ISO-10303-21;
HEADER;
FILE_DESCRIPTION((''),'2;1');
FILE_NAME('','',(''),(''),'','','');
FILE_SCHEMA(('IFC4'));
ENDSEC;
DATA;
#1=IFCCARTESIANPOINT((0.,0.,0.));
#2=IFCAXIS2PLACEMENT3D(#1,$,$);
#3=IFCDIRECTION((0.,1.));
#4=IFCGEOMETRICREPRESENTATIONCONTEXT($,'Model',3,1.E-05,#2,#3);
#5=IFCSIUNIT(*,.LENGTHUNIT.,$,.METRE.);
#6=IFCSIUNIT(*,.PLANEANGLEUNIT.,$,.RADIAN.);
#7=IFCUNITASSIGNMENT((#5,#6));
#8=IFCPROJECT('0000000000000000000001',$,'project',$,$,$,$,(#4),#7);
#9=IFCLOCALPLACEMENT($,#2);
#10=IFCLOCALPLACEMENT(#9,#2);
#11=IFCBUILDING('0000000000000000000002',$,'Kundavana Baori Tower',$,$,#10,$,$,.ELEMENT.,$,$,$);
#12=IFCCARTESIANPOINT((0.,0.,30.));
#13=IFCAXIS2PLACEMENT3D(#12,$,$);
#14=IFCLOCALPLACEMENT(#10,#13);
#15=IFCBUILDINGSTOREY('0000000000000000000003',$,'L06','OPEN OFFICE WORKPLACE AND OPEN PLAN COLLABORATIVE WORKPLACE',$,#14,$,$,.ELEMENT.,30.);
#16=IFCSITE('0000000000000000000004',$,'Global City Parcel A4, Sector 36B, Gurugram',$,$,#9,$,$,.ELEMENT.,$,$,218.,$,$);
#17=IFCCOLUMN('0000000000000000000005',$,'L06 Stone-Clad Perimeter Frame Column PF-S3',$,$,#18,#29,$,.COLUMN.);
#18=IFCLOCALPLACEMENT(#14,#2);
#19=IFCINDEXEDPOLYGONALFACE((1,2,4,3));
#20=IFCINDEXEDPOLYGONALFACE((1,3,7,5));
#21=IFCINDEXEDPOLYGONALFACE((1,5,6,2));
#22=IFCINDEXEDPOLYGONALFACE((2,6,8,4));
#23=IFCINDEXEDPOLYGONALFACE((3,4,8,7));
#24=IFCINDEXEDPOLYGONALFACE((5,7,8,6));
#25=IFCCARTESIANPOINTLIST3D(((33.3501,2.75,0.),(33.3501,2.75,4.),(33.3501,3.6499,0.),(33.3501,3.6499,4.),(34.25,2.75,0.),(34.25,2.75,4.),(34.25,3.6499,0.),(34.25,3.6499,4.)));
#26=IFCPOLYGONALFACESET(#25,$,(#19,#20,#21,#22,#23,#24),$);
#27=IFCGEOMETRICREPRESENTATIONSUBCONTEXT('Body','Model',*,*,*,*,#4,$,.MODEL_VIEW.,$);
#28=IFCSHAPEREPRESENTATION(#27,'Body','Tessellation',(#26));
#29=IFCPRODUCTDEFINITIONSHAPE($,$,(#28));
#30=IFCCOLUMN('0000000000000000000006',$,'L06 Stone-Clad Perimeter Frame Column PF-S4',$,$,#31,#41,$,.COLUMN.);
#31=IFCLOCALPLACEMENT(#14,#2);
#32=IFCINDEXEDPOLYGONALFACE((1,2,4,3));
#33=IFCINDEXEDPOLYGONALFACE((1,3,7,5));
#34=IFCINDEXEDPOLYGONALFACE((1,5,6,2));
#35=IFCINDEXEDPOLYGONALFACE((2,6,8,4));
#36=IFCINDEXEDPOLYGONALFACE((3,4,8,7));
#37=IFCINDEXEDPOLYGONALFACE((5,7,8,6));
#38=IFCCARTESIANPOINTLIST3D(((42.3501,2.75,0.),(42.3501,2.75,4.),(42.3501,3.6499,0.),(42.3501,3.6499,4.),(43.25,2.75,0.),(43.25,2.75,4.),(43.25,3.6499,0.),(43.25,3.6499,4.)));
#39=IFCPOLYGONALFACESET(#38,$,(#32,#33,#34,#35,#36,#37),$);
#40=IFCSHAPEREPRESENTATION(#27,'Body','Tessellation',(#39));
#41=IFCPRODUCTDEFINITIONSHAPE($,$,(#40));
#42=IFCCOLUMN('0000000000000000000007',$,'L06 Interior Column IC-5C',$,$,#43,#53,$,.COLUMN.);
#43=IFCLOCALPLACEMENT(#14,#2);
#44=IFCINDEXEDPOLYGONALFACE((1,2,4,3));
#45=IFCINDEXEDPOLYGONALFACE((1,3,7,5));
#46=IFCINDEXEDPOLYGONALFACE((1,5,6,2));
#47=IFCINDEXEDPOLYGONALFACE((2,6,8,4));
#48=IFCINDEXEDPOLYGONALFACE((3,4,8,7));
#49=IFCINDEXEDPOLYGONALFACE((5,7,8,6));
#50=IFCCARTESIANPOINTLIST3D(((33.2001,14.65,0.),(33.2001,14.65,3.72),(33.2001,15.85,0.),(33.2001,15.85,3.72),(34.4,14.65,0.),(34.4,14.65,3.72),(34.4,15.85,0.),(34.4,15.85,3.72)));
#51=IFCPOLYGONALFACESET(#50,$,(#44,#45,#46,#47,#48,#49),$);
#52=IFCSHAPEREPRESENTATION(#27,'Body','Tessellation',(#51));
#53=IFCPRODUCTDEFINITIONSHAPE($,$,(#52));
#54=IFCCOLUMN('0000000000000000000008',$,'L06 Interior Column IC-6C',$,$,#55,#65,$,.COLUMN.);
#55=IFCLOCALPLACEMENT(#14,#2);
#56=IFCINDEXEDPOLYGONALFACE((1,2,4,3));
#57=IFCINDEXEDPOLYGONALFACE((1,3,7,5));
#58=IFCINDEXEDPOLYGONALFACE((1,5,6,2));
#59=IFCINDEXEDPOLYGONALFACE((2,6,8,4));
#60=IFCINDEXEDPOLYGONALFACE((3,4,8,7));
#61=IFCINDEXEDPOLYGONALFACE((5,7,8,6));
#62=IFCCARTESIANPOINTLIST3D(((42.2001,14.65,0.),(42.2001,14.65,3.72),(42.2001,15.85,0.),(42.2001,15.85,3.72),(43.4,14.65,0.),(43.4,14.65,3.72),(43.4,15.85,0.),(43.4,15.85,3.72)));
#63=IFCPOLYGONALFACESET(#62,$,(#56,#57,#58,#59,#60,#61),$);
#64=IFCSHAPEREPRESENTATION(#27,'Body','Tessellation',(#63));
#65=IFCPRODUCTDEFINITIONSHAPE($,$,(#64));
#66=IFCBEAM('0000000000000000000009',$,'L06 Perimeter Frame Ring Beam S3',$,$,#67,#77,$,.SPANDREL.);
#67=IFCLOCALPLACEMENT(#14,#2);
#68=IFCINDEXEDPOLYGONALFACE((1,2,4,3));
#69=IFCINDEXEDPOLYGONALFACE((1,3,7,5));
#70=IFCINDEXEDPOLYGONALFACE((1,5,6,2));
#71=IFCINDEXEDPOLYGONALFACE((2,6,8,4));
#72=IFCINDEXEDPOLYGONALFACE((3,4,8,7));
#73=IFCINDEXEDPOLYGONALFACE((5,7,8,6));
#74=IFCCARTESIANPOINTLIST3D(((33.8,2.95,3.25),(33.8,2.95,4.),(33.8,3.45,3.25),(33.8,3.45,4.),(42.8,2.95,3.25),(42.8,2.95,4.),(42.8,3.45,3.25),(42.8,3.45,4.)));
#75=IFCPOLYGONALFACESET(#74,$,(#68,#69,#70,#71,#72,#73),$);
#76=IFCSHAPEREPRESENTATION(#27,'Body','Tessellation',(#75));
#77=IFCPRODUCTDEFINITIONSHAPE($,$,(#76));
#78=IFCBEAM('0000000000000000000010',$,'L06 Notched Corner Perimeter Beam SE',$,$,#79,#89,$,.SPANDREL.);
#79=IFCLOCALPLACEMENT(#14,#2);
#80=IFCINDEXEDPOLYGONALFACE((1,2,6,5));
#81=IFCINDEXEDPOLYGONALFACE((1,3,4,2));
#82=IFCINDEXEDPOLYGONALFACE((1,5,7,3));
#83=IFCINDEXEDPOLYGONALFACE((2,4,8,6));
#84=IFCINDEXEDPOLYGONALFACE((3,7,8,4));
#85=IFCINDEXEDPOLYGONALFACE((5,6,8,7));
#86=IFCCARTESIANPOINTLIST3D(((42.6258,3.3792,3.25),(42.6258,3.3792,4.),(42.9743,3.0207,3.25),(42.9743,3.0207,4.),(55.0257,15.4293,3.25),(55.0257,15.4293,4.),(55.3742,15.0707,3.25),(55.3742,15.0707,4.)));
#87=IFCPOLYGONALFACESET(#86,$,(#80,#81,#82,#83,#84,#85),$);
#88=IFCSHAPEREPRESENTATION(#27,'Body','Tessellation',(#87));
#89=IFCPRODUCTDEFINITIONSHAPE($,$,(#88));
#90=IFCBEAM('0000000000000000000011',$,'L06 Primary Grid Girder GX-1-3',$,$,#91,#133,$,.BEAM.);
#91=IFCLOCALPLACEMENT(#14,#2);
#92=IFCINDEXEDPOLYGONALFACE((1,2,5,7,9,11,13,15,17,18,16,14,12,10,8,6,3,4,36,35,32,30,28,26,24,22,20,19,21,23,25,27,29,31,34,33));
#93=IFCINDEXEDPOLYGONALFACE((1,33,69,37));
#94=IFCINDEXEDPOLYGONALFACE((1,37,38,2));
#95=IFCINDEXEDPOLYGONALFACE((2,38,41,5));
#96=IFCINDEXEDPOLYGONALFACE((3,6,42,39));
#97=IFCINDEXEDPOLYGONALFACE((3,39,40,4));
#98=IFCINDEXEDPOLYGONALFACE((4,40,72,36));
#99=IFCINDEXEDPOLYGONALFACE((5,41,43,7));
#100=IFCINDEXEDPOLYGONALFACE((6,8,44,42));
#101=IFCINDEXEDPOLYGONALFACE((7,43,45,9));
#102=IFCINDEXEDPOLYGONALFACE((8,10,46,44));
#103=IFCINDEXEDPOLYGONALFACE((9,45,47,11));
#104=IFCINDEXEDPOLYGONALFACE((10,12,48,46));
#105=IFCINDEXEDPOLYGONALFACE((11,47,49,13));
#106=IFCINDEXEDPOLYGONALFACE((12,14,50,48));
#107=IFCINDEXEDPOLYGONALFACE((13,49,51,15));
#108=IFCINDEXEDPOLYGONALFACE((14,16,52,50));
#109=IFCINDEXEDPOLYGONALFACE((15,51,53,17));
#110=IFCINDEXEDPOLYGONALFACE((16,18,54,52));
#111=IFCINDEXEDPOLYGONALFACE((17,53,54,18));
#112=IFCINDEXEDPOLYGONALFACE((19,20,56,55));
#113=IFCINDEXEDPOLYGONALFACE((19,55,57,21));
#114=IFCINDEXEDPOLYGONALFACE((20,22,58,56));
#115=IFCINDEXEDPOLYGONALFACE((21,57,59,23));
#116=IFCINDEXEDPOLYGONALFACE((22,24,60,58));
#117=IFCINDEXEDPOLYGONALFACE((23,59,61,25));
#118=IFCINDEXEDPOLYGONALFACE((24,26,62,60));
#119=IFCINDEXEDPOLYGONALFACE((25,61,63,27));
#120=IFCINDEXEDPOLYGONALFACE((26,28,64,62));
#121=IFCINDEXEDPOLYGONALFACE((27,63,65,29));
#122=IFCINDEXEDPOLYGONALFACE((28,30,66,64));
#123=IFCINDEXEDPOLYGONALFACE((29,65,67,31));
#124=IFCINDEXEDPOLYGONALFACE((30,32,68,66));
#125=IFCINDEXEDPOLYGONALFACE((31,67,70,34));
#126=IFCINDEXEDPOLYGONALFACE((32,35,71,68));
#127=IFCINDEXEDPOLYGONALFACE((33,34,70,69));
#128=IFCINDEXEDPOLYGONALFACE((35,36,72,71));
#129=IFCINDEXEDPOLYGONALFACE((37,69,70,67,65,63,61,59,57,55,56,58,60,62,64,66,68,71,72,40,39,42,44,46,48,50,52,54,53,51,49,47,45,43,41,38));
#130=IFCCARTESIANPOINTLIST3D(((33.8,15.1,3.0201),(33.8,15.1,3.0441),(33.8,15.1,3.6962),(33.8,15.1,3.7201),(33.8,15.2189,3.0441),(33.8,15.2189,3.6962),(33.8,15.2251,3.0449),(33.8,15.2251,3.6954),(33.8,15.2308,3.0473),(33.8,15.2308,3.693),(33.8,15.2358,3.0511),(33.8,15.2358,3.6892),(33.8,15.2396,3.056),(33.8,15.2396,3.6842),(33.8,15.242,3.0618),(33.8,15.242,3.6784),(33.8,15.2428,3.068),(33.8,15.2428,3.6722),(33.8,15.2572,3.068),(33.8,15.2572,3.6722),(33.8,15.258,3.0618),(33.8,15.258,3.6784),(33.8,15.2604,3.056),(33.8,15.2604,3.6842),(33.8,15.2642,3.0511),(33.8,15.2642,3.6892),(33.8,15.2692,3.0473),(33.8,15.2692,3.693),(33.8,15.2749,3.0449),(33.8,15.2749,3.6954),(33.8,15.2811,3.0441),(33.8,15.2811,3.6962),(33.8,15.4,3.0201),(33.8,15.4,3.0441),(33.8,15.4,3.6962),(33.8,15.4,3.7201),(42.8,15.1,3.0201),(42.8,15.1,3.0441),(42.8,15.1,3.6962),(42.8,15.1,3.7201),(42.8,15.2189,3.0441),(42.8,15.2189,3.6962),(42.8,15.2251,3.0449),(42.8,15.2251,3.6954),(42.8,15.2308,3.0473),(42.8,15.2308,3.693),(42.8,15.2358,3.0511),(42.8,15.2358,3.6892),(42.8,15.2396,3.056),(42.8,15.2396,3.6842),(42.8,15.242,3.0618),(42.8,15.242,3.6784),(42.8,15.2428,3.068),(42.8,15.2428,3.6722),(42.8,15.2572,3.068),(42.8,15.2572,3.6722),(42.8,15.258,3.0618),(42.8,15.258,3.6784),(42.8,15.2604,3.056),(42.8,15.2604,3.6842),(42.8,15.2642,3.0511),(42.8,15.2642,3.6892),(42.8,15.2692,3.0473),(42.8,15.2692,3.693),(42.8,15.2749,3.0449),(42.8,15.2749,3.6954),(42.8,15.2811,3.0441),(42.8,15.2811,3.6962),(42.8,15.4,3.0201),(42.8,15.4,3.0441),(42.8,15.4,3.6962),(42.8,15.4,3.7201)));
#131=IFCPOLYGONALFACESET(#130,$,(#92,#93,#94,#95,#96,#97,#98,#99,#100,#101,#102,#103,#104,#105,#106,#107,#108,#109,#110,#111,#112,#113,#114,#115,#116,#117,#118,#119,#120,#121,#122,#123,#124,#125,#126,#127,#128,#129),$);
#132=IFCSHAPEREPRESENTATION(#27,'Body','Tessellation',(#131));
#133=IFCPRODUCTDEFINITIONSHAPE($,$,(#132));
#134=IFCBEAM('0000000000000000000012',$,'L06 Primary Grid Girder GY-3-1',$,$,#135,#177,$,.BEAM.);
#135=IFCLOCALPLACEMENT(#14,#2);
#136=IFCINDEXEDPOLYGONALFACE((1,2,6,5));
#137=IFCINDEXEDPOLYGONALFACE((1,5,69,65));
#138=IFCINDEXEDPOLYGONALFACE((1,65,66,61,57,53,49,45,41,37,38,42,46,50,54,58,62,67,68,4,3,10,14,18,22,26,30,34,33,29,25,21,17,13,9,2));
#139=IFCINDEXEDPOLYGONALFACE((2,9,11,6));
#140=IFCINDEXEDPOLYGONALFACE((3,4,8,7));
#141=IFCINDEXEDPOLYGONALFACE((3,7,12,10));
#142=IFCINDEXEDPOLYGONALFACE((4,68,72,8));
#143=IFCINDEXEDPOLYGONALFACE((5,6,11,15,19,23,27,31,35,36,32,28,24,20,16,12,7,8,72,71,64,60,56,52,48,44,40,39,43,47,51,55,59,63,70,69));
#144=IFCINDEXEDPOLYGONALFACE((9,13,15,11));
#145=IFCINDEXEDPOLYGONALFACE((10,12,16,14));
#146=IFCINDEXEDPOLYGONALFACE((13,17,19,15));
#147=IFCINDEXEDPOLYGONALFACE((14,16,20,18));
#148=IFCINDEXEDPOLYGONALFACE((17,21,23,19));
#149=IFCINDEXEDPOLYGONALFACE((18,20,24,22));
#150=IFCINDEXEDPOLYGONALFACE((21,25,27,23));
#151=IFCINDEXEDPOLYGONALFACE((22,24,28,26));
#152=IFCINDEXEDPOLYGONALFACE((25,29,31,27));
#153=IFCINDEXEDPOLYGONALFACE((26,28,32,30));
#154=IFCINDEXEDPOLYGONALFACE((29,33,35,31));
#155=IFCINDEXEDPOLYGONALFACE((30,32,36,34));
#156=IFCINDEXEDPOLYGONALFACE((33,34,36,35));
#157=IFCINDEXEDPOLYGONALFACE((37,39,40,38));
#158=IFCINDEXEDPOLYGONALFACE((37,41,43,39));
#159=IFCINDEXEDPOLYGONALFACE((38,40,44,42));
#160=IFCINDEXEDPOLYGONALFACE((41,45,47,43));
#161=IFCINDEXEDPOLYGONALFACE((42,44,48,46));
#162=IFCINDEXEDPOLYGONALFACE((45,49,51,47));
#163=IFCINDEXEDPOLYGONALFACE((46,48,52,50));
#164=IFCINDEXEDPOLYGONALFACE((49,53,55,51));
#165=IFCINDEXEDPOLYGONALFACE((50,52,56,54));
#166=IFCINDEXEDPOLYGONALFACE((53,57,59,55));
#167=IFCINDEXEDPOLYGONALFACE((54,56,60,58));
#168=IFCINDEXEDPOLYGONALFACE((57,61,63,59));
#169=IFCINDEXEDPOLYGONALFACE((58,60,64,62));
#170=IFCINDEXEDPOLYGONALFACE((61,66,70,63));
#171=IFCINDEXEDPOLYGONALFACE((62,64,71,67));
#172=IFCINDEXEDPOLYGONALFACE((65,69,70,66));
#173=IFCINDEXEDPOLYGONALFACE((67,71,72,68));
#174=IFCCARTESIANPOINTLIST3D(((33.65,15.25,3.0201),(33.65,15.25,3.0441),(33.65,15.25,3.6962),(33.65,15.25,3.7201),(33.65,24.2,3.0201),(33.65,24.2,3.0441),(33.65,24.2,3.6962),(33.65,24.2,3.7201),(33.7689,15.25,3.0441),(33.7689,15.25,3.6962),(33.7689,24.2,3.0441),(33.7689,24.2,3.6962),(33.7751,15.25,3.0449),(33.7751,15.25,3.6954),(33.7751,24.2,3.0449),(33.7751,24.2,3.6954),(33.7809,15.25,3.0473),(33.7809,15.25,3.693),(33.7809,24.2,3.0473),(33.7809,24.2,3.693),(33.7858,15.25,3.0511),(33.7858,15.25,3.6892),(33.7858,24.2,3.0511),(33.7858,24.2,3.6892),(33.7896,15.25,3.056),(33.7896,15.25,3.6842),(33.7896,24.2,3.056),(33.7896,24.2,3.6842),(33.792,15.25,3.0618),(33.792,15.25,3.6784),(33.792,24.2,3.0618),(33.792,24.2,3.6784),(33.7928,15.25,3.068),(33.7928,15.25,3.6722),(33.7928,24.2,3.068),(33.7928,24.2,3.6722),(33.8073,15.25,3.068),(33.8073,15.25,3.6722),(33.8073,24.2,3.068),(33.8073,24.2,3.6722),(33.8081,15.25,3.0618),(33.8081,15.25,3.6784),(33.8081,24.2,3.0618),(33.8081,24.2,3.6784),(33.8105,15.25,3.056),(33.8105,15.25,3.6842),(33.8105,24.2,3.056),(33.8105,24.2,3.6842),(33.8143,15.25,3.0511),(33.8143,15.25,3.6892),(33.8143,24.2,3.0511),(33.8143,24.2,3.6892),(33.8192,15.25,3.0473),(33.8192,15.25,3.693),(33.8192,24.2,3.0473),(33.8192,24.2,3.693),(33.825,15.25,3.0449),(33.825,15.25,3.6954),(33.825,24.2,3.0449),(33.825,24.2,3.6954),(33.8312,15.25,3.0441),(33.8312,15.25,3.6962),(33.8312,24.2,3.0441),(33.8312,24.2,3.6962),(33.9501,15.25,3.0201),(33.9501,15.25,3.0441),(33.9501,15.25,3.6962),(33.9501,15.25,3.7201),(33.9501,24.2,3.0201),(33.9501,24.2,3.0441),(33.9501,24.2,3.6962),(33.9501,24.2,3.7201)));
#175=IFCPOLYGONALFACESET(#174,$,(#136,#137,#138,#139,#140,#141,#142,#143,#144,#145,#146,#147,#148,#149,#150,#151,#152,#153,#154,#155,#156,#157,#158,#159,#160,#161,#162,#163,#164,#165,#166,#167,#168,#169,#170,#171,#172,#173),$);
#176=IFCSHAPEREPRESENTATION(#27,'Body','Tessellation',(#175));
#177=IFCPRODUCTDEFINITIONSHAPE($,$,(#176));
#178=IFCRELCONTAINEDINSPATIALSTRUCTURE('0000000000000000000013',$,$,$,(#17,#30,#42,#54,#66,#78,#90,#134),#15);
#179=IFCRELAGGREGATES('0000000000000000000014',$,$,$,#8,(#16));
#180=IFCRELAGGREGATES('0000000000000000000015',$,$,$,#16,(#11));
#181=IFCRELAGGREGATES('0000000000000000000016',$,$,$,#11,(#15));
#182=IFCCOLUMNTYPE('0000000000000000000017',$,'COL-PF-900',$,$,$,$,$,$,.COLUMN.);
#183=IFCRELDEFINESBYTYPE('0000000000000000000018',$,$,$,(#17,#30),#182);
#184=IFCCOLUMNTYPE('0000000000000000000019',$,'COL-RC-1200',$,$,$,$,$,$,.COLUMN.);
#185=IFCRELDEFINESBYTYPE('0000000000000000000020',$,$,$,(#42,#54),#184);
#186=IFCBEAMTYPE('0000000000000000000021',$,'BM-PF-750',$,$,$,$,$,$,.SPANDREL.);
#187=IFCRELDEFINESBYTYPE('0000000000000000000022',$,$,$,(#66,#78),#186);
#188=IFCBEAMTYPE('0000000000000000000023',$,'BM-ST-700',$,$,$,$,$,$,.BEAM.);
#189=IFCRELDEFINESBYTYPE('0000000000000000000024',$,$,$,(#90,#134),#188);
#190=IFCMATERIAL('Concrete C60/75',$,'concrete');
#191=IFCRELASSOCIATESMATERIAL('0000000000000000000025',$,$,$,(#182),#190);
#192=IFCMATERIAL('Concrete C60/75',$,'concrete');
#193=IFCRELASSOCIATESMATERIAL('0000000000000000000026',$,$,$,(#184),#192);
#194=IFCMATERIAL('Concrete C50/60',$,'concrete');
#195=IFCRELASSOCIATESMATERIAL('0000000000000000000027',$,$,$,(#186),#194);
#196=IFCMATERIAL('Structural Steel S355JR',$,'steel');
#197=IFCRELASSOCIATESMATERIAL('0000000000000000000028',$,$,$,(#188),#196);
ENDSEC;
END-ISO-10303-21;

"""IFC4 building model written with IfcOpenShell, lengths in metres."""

from ifc_helpers import new_model, si_unit, direction, frame, origin, origin_2d, place, context, subcontext, project, spatial, rectangle, i_section, extrude, material, material_profile, profile_set, type_object, element, save


model = new_model("IFC4")

# Units and contexts
model_context = context("Model", 3, precision=1e-05, world=origin(), true_north=direction((0.0, 1.0)))
body_context = subcontext(model_context, "Body", "Model", "MODEL_VIEW")
ifc_project = project(units=[si_unit("LENGTHUNIT", "METRE"), si_unit("PLANEANGLEUNIT", "RADIAN")], contexts=[model_context])

# Site, building, storey
site_placement = place(None, origin())
site = spatial("IfcSite", under=ifc_project, at=site_placement, Name="Global City Parcel A4, Sector 36B, Gurugram", CompositionType="ELEMENT", RefElevation=218.0)
building_placement = place(site_placement, origin())
building = spatial("IfcBuilding", under=site, at=building_placement, Name="Kundavana Baori Tower", CompositionType="ELEMENT")
storey_placement = place(building_placement, frame((0.0, 0.0, 30.0)))
storey = spatial("IfcBuildingStorey", under=building, at=storey_placement, Name="L06", Description="OPEN OFFICE WORKPLACE AND OPEN PLAN COLLABORATIVE WORKPLACE", CompositionType="ELEMENT", Elevation=30.0)

# Columns
ifc_material_1 = material(Name="Concrete C60/75", Category="concrete")
ifc_material_profile_1 = material_profile(ifc_material_1, rectangle(XDim=0.8999, YDim=0.8999, at=origin_2d()), Name="RC PF 900x900")
ifc_profile_set_1 = profile_set([ifc_material_profile_1], Name="Concrete C60/75")
column_type_1 = type_object("IfcColumnType", Name="COL-PF-900", PredefinedType="COLUMN", material=ifc_profile_set_1)
for number, where, z_axis, x_axis, name in (
    (1, (33.8, 3.2, 0.0), (0.0, 0.0, 1.0), (1.0, 0.0, 0.0), "L06 Stone-Clad Perimeter Frame Column PF-S3"),
    (2, (42.8, 3.2, 0.0), (0.0, 0.0, 1.0), (1.0, 0.0, 0.0), "L06 Stone-Clad Perimeter Frame Column PF-S4"),
):
    element("IfcColumn", number, at=place(storey_placement, frame(where, z_axis=z_axis, x_axis=x_axis)), inside=storey, type_object=column_type_1, Name=name, PredefinedType="COLUMN", context=body_context, shape_type="SweptSolid", body=[
        extrude(rectangle(XDim=0.8999, YDim=0.8999, at=origin_2d()), origin(), (0.0, 0.0, 1.0), 4.0),
    ])
ifc_material_2 = material(Name="Concrete C60/75", Category="concrete")
ifc_material_profile_2 = material_profile(ifc_material_2, rectangle(XDim=1.2, YDim=1.2, at=origin_2d()), Name="RC 1200x1200")
ifc_profile_set_2 = profile_set([ifc_material_profile_2], Name="Concrete C60/75")
column_type_2 = type_object("IfcColumnType", Name="COL-RC-1200", PredefinedType="COLUMN", material=ifc_profile_set_2)
for number, where, z_axis, x_axis, name in (
    (3, (33.8, 15.25, 0.0), (0.0, 0.0, 1.0), (1.0, 0.0, 0.0), "L06 Interior Column IC-5C"),
    (4, (42.8, 15.25, 0.0), (0.0, 0.0, 1.0), (1.0, 0.0, 0.0), "L06 Interior Column IC-6C"),
):
    element("IfcColumn", number, at=place(storey_placement, frame(where, z_axis=z_axis, x_axis=x_axis)), inside=storey, type_object=column_type_2, Name=name, PredefinedType="COLUMN", context=body_context, shape_type="SweptSolid", body=[
        extrude(rectangle(XDim=1.2, YDim=1.2, at=origin_2d()), origin(), (0.0, 0.0, 1.0), 3.72),
    ])

# Beams
ifc_material_3 = material(Name="Concrete C50/60", Category="concrete")
ifc_material_profile_3 = material_profile(ifc_material_3, rectangle(XDim=0.5, YDim=0.75, at=origin_2d()), Name="RC BM 500x750")
ifc_profile_set_3 = profile_set([ifc_material_profile_3], Name="Concrete C50/60")
beam_type_1 = type_object("IfcBeamType", Name="BM-PF-750", PredefinedType="SPANDREL", material=ifc_profile_set_3)
beam_1_placement = place(storey_placement, frame((33.8, 3.2, 3.625), z_axis=(1.0, 0.0, 0.0), x_axis=(0.0, 1.0, 0.0)))
element("IfcBeam", 5, at=beam_1_placement, inside=storey, type_object=beam_type_1, Name="L06 Perimeter Frame Ring Beam S3", PredefinedType="SPANDREL", context=body_context, shape_type="SweptSolid", body=[
    extrude(rectangle(XDim=0.5, YDim=0.75, at=origin_2d()), origin(), (0.0, 0.0, 1.0), 9.0),
])
beam_2_placement = place(storey_placement, frame((42.8, 3.2, 3.625), z_axis=(0.717151, 0.696917, 0.0), x_axis=(-0.696917, 0.717151, 0.0)))
element("IfcBeam", 6, at=beam_2_placement, inside=storey, type_object=beam_type_1, Name="L06 Notched Corner Perimeter Beam SE", PredefinedType="SPANDREL", context=body_context, shape_type="SweptSolid", body=[
    extrude(rectangle(XDim=0.5, YDim=0.75, at=origin_2d()), origin(), (0.0, 0.0, 1.0), 17.2905),
])
ifc_material_4 = material(Name="Structural Steel S355JR", Category="steel")
ifc_material_profile_4 = material_profile(ifc_material_4, i_section(OverallWidth=0.3, OverallDepth=0.7, WebThickness=0.0144, FlangeThickness=0.0239, FilletRadius=0.0239, at=origin_2d()), Name="NPB 700x300x170")
ifc_profile_set_4 = profile_set([ifc_material_profile_4], Name="Structural Steel S355JR")
beam_type_2 = type_object("IfcBeamType", Name="BM-ST-700", PredefinedType="BEAM", material=ifc_profile_set_4)
beam_3_placement = place(storey_placement, frame((33.8, 15.25, 3.3701), z_axis=(1.0, 0.0, 0.0), x_axis=(0.0, 1.0, 0.0)))
element("IfcBeam", 7, at=beam_3_placement, inside=storey, type_object=beam_type_2, Name="L06 Primary Grid Girder GX-1-3", PredefinedType="BEAM", context=body_context, shape_type="SweptSolid", body=[
    extrude(i_section(OverallWidth=0.3, OverallDepth=0.7, WebThickness=0.0144, FlangeThickness=0.0239, FilletRadius=0.0239, at=origin_2d()), origin(), (0.0, 0.0, 1.0), 9.0),
])
for number, where, z_axis, x_axis, name in (
    (8, (33.8, 15.25, 3.3701), (0.0, 1.0, 0.0), (-1.0, 0.0, 0.0), "L06 Primary Grid Girder GY-3-1"),
):
    element("IfcBeam", number, at=place(storey_placement, frame(where, z_axis=z_axis, x_axis=x_axis)), inside=storey, type_object=beam_type_2, Name=name, PredefinedType="BEAM", context=body_context, shape_type="SweptSolid", body=[
        extrude(i_section(OverallWidth=0.3, OverallDepth=0.7, WebThickness=0.0144, FlangeThickness=0.0239, FilletRadius=0.0239, at=origin_2d()), origin(), (0.0, 0.0, 1.0), 8.95),
    ])

save(model, "model.ifc")
